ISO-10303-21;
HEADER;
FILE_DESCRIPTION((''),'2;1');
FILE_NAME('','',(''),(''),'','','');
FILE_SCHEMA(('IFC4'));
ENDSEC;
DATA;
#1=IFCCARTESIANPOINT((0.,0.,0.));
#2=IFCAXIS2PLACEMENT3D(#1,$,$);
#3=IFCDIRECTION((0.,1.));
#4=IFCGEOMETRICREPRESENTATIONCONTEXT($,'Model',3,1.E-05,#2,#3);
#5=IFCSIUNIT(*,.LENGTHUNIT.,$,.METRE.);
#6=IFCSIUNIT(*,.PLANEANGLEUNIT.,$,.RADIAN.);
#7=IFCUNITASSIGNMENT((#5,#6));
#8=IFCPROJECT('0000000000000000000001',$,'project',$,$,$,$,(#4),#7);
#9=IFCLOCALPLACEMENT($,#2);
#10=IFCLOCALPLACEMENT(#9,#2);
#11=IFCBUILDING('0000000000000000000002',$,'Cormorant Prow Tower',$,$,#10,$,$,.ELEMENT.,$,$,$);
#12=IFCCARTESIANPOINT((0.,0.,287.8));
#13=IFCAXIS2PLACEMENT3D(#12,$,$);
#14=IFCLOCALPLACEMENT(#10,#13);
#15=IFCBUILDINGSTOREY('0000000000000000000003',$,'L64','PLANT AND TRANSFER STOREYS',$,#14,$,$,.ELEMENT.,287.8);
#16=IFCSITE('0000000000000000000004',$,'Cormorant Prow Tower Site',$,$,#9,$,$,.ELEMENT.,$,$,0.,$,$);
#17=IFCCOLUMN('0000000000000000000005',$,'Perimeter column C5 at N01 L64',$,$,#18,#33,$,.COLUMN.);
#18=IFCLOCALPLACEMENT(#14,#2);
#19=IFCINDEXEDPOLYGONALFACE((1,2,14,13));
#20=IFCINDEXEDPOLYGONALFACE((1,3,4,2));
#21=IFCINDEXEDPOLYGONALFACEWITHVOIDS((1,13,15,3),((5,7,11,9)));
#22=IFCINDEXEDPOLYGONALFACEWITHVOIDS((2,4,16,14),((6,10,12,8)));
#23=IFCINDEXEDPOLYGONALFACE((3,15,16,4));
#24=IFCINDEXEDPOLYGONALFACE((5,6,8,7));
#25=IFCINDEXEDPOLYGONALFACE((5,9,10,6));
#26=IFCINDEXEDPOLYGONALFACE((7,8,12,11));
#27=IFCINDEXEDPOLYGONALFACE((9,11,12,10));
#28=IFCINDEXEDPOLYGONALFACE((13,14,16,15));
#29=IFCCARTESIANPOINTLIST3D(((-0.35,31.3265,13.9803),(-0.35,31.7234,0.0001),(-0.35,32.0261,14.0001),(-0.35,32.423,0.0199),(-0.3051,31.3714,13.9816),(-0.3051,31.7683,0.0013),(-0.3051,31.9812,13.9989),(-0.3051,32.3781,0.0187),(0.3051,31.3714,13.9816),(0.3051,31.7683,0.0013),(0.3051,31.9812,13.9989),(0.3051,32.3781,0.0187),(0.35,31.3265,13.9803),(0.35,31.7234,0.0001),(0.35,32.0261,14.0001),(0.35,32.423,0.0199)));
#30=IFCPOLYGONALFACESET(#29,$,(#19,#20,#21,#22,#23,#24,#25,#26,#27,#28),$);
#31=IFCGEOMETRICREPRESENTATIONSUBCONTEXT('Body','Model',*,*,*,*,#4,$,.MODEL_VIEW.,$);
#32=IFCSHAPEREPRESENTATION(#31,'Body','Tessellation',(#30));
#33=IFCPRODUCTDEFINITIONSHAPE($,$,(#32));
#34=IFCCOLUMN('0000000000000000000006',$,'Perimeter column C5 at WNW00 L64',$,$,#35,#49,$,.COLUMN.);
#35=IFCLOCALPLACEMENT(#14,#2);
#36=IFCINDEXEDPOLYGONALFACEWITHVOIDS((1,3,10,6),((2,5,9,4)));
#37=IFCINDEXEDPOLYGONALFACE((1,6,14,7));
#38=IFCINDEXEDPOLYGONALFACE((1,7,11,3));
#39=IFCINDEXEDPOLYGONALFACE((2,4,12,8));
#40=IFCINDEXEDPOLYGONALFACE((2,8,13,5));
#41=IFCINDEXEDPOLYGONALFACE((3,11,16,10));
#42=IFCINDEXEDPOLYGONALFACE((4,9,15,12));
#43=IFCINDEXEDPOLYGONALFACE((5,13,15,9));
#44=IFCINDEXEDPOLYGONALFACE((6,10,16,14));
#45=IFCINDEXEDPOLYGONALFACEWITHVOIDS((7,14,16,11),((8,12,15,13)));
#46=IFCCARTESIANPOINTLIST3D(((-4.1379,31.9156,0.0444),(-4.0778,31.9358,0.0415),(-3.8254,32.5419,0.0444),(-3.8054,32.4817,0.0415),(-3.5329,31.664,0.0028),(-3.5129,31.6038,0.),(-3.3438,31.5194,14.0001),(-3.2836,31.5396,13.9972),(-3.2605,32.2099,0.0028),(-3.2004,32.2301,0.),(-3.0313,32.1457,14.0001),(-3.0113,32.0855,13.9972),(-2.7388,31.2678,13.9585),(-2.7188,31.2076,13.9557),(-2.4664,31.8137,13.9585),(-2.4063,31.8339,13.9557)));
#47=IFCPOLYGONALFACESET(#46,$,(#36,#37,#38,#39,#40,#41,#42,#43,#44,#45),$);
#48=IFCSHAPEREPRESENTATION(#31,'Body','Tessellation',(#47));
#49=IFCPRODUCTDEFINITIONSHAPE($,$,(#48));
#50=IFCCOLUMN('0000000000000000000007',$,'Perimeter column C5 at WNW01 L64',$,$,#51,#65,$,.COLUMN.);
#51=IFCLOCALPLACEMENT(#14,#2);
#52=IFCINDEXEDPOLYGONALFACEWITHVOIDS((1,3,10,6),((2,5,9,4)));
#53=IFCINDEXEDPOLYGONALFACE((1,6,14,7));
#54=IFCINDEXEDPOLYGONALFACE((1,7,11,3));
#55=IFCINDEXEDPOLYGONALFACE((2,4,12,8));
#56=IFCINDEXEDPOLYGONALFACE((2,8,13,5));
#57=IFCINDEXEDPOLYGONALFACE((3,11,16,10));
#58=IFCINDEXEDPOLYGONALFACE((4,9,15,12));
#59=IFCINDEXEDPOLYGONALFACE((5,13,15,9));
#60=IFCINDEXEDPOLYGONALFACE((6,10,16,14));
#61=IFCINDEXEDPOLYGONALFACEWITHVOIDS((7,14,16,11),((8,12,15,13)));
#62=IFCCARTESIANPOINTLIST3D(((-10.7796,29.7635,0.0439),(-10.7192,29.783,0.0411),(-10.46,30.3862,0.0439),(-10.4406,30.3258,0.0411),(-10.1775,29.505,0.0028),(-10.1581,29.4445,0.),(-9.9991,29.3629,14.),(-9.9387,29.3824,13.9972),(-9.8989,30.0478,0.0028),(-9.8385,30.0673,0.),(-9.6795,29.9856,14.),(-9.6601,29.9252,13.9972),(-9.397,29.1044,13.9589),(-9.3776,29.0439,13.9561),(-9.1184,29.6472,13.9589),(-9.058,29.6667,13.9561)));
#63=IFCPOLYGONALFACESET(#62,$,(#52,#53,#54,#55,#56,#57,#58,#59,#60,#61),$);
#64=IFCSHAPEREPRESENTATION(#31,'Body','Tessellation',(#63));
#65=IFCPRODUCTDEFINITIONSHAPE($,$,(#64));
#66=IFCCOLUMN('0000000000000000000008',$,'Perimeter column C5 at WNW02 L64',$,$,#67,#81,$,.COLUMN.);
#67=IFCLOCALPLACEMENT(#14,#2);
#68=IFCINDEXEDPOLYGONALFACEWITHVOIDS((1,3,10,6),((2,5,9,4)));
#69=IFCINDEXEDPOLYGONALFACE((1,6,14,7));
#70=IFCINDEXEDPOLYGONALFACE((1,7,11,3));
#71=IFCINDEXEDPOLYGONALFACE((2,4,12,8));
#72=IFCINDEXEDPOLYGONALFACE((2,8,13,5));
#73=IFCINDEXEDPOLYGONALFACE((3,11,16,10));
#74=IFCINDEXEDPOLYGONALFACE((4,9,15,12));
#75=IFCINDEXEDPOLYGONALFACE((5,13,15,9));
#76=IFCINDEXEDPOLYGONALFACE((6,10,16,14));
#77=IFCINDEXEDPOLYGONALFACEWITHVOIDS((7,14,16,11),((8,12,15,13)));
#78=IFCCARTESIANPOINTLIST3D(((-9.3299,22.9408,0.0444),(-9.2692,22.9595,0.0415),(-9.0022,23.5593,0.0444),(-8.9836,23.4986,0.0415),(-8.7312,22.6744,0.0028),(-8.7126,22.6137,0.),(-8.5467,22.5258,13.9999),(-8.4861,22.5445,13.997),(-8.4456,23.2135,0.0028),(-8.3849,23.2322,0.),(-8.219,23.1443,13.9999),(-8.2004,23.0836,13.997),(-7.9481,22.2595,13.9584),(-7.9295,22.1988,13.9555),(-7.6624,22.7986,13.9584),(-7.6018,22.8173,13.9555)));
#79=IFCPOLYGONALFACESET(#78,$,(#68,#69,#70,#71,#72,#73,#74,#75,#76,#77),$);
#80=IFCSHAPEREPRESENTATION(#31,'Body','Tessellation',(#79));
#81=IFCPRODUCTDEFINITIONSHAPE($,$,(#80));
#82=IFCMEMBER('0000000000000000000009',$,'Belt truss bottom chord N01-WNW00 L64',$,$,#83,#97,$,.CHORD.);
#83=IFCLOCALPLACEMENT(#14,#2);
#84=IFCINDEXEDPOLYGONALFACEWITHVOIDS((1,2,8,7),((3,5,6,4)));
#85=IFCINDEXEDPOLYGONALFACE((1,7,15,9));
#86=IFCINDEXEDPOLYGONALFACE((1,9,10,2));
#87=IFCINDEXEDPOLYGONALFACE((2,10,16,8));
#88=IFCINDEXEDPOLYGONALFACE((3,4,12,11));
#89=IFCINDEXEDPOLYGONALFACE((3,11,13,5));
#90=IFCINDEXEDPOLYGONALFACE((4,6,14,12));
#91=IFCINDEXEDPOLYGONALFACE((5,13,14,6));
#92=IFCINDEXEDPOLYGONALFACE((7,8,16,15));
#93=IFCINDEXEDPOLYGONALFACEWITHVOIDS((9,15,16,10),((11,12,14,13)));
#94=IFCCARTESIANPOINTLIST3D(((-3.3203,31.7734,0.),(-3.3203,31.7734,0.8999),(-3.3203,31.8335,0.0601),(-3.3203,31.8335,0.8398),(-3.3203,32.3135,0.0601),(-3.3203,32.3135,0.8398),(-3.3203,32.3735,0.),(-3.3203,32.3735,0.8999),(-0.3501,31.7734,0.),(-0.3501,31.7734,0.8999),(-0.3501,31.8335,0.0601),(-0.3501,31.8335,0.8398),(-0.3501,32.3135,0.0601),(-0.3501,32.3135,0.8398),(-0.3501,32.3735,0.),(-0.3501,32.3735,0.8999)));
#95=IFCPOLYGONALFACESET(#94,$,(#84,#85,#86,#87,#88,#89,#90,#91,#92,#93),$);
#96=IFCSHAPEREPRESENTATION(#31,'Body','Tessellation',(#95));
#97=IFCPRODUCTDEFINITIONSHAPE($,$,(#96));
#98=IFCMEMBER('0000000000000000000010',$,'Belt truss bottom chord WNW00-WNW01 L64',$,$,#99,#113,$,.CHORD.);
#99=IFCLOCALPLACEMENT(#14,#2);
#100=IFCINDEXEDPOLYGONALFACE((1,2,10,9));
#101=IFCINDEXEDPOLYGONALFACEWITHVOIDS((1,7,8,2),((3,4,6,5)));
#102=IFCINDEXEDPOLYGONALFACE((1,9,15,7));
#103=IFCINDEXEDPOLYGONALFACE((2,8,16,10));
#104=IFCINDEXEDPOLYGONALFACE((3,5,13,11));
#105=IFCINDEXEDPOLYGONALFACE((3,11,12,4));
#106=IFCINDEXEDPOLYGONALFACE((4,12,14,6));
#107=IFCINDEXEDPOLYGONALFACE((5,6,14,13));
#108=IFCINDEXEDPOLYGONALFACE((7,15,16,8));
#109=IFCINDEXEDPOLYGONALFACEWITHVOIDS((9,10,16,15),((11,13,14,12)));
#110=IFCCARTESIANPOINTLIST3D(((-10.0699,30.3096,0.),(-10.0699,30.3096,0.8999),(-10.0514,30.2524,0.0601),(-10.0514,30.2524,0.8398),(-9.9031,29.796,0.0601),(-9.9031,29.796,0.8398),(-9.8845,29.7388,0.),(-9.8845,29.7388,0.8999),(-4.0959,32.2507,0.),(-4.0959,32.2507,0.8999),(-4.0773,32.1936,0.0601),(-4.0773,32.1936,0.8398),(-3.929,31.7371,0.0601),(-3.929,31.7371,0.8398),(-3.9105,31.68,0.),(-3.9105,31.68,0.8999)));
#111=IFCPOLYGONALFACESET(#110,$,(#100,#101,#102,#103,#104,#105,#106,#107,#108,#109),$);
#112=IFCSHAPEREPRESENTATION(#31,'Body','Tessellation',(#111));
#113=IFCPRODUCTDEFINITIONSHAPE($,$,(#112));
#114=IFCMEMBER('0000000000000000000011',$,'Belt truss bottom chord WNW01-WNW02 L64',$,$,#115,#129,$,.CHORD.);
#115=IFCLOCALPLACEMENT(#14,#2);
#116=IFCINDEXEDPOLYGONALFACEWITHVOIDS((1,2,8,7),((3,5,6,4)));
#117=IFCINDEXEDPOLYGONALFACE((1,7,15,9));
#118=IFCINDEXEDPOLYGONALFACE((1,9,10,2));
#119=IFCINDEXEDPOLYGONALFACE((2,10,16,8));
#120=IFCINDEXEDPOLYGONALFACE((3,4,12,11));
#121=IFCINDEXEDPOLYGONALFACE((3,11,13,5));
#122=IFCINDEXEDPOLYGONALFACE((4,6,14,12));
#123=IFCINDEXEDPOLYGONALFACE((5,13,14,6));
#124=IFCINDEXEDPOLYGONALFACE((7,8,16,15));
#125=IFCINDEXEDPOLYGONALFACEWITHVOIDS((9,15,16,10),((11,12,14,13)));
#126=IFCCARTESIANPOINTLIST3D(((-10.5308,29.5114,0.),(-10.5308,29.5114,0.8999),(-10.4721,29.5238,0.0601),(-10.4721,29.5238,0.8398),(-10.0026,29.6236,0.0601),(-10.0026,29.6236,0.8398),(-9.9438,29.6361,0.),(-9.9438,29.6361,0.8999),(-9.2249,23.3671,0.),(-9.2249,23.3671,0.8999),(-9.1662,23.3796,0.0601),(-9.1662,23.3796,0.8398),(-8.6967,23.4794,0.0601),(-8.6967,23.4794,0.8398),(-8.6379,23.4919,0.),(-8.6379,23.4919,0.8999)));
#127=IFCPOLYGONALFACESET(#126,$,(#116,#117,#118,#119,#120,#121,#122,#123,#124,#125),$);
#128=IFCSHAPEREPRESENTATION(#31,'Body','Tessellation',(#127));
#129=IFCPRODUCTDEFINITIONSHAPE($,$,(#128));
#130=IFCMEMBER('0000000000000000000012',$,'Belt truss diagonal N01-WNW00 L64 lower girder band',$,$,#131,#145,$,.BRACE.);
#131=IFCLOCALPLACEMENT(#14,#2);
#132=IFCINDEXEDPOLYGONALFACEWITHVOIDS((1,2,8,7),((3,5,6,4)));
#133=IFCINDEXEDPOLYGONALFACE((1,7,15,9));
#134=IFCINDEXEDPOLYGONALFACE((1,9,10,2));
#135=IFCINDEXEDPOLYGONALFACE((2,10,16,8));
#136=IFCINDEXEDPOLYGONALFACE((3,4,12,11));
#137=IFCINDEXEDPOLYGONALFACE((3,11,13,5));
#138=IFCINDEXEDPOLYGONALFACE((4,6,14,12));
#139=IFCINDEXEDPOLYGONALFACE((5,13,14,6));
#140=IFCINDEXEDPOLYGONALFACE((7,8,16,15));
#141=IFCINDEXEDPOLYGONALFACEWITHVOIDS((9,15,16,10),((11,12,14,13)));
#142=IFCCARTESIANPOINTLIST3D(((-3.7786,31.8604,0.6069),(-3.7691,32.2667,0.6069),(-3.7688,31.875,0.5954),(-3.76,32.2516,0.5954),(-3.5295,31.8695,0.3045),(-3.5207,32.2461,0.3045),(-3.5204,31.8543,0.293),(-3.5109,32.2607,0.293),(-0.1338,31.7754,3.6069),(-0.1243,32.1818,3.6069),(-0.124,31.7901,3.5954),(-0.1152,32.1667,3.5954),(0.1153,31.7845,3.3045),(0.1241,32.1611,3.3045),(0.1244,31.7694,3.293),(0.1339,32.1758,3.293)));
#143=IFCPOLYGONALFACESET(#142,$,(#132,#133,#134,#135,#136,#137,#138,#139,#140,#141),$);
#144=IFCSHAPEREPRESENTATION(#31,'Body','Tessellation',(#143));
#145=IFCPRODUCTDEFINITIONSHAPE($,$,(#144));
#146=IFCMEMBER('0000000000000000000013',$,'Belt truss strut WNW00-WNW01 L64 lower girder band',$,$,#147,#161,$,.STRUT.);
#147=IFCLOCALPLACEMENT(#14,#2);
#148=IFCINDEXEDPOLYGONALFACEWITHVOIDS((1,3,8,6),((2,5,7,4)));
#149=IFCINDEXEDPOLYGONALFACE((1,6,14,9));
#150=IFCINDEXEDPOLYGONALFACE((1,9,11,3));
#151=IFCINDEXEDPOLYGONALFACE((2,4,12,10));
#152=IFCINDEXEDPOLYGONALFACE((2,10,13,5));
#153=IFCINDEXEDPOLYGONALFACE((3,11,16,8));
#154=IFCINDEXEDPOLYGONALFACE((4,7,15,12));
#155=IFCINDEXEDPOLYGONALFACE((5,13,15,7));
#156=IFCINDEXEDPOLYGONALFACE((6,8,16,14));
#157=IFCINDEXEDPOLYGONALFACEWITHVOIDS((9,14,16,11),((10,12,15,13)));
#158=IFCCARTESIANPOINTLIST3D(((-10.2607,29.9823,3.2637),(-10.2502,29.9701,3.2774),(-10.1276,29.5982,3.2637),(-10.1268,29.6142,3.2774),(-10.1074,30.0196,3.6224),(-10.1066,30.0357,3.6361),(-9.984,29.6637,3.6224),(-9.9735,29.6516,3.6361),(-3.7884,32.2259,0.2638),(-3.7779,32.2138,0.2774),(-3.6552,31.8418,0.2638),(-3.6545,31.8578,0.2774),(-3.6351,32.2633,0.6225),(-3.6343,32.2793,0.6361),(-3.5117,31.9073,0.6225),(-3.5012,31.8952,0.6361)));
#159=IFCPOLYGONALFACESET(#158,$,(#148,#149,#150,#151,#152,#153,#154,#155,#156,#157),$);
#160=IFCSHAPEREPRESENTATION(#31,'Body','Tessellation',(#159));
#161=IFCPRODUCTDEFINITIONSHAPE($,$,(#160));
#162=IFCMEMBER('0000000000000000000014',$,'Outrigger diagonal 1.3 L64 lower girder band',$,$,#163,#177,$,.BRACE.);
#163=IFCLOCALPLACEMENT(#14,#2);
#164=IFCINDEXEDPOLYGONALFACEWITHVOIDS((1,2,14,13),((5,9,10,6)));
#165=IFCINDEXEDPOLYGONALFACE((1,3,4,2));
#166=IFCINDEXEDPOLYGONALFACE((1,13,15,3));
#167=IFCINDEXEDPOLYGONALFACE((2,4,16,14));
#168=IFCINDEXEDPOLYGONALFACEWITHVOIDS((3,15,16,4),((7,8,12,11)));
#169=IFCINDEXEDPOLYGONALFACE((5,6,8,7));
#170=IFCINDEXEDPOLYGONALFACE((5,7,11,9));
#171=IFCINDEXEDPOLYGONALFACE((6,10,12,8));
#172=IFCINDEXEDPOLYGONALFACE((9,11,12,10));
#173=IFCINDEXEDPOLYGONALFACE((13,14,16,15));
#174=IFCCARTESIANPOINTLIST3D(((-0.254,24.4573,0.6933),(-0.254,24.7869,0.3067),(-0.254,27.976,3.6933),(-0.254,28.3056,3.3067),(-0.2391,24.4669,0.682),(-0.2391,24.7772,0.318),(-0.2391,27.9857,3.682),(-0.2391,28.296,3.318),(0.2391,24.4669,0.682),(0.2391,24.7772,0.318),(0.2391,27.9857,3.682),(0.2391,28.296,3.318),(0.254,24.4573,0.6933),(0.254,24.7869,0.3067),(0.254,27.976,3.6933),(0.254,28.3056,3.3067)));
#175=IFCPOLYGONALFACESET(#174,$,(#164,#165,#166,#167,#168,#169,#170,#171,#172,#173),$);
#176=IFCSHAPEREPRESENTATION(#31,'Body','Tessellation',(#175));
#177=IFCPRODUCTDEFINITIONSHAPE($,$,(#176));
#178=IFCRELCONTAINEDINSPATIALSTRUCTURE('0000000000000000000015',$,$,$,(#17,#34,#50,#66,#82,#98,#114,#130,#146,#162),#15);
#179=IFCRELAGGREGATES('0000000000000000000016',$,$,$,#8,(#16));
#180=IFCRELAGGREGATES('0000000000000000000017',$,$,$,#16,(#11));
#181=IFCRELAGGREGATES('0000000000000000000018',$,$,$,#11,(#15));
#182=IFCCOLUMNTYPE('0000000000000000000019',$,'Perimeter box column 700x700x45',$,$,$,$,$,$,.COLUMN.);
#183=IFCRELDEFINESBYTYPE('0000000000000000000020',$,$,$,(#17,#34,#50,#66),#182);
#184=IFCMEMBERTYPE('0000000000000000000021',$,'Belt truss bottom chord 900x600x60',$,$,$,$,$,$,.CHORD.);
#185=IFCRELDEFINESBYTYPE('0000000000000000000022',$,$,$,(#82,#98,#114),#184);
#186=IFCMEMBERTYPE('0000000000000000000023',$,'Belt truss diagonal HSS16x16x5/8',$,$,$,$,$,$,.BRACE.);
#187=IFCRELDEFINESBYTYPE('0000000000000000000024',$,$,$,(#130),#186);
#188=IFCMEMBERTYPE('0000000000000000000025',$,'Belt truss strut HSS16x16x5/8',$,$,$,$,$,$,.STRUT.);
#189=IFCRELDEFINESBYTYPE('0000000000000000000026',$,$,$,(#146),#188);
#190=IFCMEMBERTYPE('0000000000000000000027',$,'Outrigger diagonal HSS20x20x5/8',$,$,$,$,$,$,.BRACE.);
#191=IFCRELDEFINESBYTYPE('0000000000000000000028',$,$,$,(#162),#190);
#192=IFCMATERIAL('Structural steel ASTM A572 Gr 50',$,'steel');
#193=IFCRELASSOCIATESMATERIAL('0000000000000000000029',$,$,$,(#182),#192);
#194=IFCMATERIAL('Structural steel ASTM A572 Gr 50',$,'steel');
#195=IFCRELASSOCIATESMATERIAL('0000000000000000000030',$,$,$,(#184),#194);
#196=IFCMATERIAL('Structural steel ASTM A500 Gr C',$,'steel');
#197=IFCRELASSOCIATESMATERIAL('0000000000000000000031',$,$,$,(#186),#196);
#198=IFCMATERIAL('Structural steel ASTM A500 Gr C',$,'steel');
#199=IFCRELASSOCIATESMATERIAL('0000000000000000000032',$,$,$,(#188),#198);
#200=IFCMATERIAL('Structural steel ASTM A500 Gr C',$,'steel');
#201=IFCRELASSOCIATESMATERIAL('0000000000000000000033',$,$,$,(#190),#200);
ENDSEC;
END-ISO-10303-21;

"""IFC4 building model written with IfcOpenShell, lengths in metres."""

from ifc_helpers import new_model, si_unit, direction, frame, origin, origin_2d, place, context, subcontext, project, spatial, hollow_rectangle, extrude, material, material_profile, profile_set, type_object, element, save


model = new_model("IFC4")

# Units and contexts
model_context = context("Model", 3, precision=1e-05, world=origin(), true_north=direction((0.0, 1.0)))
body_context = subcontext(model_context, "Body", "Model", "MODEL_VIEW")
ifc_project = project(units=[si_unit("LENGTHUNIT", "METRE"), si_unit("PLANEANGLEUNIT", "RADIAN")], contexts=[model_context])

# Site, building, storey
site_placement = place(None, origin())
site = spatial("IfcSite", under=ifc_project, at=site_placement, Name="Cormorant Prow Tower Site", CompositionType="ELEMENT", RefElevation=0.0)
building_placement = place(site_placement, origin())
building = spatial("IfcBuilding", under=site, at=building_placement, Name="Cormorant Prow Tower", CompositionType="ELEMENT")
storey_placement = place(building_placement, frame((0.0, 0.0, 287.8)))
storey = spatial("IfcBuildingStorey", under=building, at=storey_placement, Name="L64", Description="PLANT AND TRANSFER STOREYS", CompositionType="ELEMENT", Elevation=287.8)

# Columns
ifc_material_1 = material(Name="Structural steel ASTM A572 Gr 50", Category="steel")
ifc_material_profile_1 = material_profile(ifc_material_1, hollow_rectangle(XDim=0.7, YDim=0.7, WallThickness=0.0449, at=origin_2d()), Name="Box 700x700x45")
ifc_profile_set_1 = profile_set([ifc_material_profile_1], Name="Structural steel ASTM A572 Gr 50")
column_type = type_object("IfcColumnType", Name="Perimeter box column 700x700x45", PredefinedType="COLUMN", material=ifc_profile_set_1)
column_1_placement = place(storey_placement, frame((0.0, 32.0735, 0.0), z_axis=(0.0, -0.028379, 0.999597), x_axis=(1.0, 0.0, 0.0)))
element("IfcColumn", 1, at=column_1_placement, inside=storey, type_object=column_type, Name="Perimeter column C5 at N01 L64", PredefinedType="COLUMN", context=body_context, shape_type="SweptSolid", body=[
    extrude(hollow_rectangle(XDim=0.7, YDim=0.7, WallThickness=0.0449, at=origin_2d()), frame((0.0, 0.0, 0.01)), (0.0, 0.0, 1.0), 13.9858),
])
column_2_placement = place(storey_placement, frame((-3.6704, 32.0735, 0.0), z_axis=(0.056787, -0.028333, 0.997984), x_axis=(0.446446, 0.894811, 0.0)))
element("IfcColumn", 2, at=column_2_placement, inside=storey, type_object=column_type, Name="Perimeter column C5 at WNW00 L64", PredefinedType="COLUMN", context=body_context, shape_type="SweptSolid", body=[
    extrude(hollow_rectangle(XDim=0.7, YDim=0.7, WallThickness=0.0449, at=origin_2d()), frame((0.0, 0.0, 0.0222)), (0.0, 0.0, 1.0), 13.9839),
])
column_3_placement = place(storey_placement, frame((-10.3103, 29.916, 0.0), z_axis=(0.055815, -0.028647, 0.99803), x_axis=(0.456621, 0.889661, 0.0)))
element("IfcColumn", 3, at=column_3_placement, inside=storey, type_object=column_type, Name="Perimeter column C5 at WNW01 L64", PredefinedType="COLUMN", context=body_context, shape_type="SweptSolid", body=[
    extrude(hollow_rectangle(XDim=0.7, YDim=0.7, WallThickness=0.0449, at=origin_2d()), frame((0.0, 0.0, 0.022)), (0.0, 0.0, 1.0), 13.9836),
])
column_4_placement = place(storey_placement, frame((-8.8586, 23.0872, 0.0), z_axis=(0.056005, -0.029673, 0.997989), x_axis=(0.468178, 0.883634, 0.0)))
element("IfcColumn", 4, at=column_4_placement, inside=storey, type_object=column_type, Name="Perimeter column C5 at WNW02 L64", PredefinedType="COLUMN", context=body_context, shape_type="SweptSolid", body=[
    extrude(hollow_rectangle(XDim=0.7, YDim=0.7, WallThickness=0.0449, at=origin_2d()), frame((0.0, 0.0, 0.0222)), (0.0, 0.0, 1.0), 13.9836),
])

# Members
ifc_material_2 = material(Name="Structural steel ASTM A572 Gr 50", Category="steel")
ifc_material_profile_2 = material_profile(ifc_material_2, hollow_rectangle(XDim=0.6001, YDim=0.8999, WallThickness=0.0601, at=origin_2d()), Name="Box 900x600x60")
ifc_profile_set_2 = profile_set([ifc_material_profile_2], Name="Structural steel ASTM A572 Gr 50")
member_type_1 = type_object("IfcMemberType", Name="Belt truss bottom chord 900x600x60", PredefinedType="CHORD", material=ifc_profile_set_2)
member_1_placement = place(storey_placement, frame((-0.3501, 32.0735, 0.45), z_axis=(-1.0, 0.0, 0.0), x_axis=(0.0, -1.0, 0.0)))
element("IfcMember", 5, at=member_1_placement, inside=storey, type_object=member_type_1, Name="Belt truss bottom chord N01-WNW00 L64", PredefinedType="CHORD", context=body_context, shape_type="SweptSolid", body=[
    extrude(hollow_rectangle(XDim=0.6001, YDim=0.8999, WallThickness=0.0601, at=origin_2d()), origin(), (0.0, 0.0, 1.0), 2.9702),
])
for number, where, z_axis, x_axis, name in (
    (6, (-4.0032, 31.9653, 0.45), (-0.951054, -0.309025, 0.0), (0.309025, -0.951054, 0.0), "Belt truss bottom chord WNW00-WNW01 L64"),
    (7, (-10.2373, 29.5737, 0.45), (0.207896, -0.978151, 0.0), (0.978151, 0.207896, 0.0), "Belt truss bottom chord WNW01-WNW02 L64"),
):
    element("IfcMember", number, at=place(storey_placement, frame(where, z_axis=z_axis, x_axis=x_axis)), inside=storey, type_object=member_type_1, Name=name, PredefinedType="CHORD", context=body_context, shape_type="SweptSolid", body=[
        extrude(hollow_rectangle(XDim=0.6001, YDim=0.8999, WallThickness=0.0601, at=origin_2d()), origin(), (0.0, 0.0, 1.0), 6.2815),
    ])
ifc_material_3 = material(Name="Structural steel ASTM A500 Gr C", Category="steel")
ifc_material_profile_3 = material_profile(ifc_material_3, hollow_rectangle(XDim=0.4065, YDim=0.4065, WallThickness=0.0149, at=origin_2d()), Name="HSS16x16x5/8")
ifc_profile_set_3 = profile_set([ifc_material_profile_3], Name="Structural steel ASTM A500 Gr C")
member_type_2 = type_object("IfcMemberType", Name="Belt truss diagonal HSS16x16x5/8", PredefinedType="BRACE", material=ifc_profile_set_3)
member_2_placement = place(storey_placement, frame((-3.6448, 32.0605, 0.45), z_axis=(0.771969, -0.017995, 0.635405), x_axis=(0.023304, 0.999728, 0.0)))
element("IfcMember", 8, at=member_2_placement, inside=storey, type_object=member_type_2, Name="Belt truss diagonal N01-WNW00 L64 lower girder band", PredefinedType="BRACE", context=body_context, shape_type="SweptSolid", body=[
    extrude(hollow_rectangle(XDim=0.4065, YDim=0.4065, WallThickness=0.0149, at=origin_2d()), origin(), (0.0, 0.0, 1.0), 4.7214),
])
ifc_material_4 = material(Name="Structural steel ASTM A500 Gr C", Category="steel")
ifc_material_profile_4 = material_profile(ifc_material_4, hollow_rectangle(XDim=0.4065, YDim=0.4065, WallThickness=0.0149, at=origin_2d()), Name="HSS16x16x5/8")
ifc_profile_set_4 = profile_set([ifc_material_profile_4], Name="Structural steel ASTM A500 Gr C")
member_type_3 = type_object("IfcMemberType", Name="Belt truss strut HSS16x16x5/8", PredefinedType="STRUT", material=ifc_profile_set_4)
member_3_placement = place(storey_placement, frame((-3.6448, 32.0605, 0.45), z_axis=(-0.865484, -0.300019, 0.401157), x_axis=(0.327528, -0.944841, 0.0)))
element("IfcMember", 9, at=member_3_placement, inside=storey, type_object=member_type_3, Name="Belt truss strut WNW00-WNW01 L64 lower girder band", PredefinedType="STRUT", context=body_context, shape_type="SweptSolid", body=[
    extrude(hollow_rectangle(XDim=0.4065, YDim=0.4065, WallThickness=0.0149, at=origin_2d()), origin(), (0.0, 0.0, 1.0), 7.4783),
])
ifc_material_5 = material(Name="Structural steel ASTM A500 Gr C", Category="steel")
ifc_material_profile_5 = material_profile(ifc_material_5, hollow_rectangle(XDim=0.5081, YDim=0.5081, WallThickness=0.0149, at=origin_2d()), Name="HSS20x20x5/8")
ifc_profile_set_5 = profile_set([ifc_material_profile_5], Name="Structural steel ASTM A500 Gr C")
member_type_4 = type_object("IfcMemberType", Name="Outrigger diagonal HSS20x20x5/8", PredefinedType="BRACE", material=ifc_profile_set_5)
member_4_placement = place(storey_placement, frame((0.0, 24.6221, 0.5), z_axis=(0.0, 0.760976, 0.64878), x_axis=(-1.0, 0.0, 0.0)))
element("IfcMember", 10, at=member_4_placement, inside=storey, type_object=member_type_4, Name="Outrigger diagonal 1.3 L64 lower girder band", PredefinedType="BRACE", context=body_context, shape_type="SweptSolid", body=[
    extrude(hollow_rectangle(XDim=0.5081, YDim=0.5081, WallThickness=0.0149, at=origin_2d()), origin(), (0.0, 0.0, 1.0), 4.624),
])

save(model, "model.ifc")
